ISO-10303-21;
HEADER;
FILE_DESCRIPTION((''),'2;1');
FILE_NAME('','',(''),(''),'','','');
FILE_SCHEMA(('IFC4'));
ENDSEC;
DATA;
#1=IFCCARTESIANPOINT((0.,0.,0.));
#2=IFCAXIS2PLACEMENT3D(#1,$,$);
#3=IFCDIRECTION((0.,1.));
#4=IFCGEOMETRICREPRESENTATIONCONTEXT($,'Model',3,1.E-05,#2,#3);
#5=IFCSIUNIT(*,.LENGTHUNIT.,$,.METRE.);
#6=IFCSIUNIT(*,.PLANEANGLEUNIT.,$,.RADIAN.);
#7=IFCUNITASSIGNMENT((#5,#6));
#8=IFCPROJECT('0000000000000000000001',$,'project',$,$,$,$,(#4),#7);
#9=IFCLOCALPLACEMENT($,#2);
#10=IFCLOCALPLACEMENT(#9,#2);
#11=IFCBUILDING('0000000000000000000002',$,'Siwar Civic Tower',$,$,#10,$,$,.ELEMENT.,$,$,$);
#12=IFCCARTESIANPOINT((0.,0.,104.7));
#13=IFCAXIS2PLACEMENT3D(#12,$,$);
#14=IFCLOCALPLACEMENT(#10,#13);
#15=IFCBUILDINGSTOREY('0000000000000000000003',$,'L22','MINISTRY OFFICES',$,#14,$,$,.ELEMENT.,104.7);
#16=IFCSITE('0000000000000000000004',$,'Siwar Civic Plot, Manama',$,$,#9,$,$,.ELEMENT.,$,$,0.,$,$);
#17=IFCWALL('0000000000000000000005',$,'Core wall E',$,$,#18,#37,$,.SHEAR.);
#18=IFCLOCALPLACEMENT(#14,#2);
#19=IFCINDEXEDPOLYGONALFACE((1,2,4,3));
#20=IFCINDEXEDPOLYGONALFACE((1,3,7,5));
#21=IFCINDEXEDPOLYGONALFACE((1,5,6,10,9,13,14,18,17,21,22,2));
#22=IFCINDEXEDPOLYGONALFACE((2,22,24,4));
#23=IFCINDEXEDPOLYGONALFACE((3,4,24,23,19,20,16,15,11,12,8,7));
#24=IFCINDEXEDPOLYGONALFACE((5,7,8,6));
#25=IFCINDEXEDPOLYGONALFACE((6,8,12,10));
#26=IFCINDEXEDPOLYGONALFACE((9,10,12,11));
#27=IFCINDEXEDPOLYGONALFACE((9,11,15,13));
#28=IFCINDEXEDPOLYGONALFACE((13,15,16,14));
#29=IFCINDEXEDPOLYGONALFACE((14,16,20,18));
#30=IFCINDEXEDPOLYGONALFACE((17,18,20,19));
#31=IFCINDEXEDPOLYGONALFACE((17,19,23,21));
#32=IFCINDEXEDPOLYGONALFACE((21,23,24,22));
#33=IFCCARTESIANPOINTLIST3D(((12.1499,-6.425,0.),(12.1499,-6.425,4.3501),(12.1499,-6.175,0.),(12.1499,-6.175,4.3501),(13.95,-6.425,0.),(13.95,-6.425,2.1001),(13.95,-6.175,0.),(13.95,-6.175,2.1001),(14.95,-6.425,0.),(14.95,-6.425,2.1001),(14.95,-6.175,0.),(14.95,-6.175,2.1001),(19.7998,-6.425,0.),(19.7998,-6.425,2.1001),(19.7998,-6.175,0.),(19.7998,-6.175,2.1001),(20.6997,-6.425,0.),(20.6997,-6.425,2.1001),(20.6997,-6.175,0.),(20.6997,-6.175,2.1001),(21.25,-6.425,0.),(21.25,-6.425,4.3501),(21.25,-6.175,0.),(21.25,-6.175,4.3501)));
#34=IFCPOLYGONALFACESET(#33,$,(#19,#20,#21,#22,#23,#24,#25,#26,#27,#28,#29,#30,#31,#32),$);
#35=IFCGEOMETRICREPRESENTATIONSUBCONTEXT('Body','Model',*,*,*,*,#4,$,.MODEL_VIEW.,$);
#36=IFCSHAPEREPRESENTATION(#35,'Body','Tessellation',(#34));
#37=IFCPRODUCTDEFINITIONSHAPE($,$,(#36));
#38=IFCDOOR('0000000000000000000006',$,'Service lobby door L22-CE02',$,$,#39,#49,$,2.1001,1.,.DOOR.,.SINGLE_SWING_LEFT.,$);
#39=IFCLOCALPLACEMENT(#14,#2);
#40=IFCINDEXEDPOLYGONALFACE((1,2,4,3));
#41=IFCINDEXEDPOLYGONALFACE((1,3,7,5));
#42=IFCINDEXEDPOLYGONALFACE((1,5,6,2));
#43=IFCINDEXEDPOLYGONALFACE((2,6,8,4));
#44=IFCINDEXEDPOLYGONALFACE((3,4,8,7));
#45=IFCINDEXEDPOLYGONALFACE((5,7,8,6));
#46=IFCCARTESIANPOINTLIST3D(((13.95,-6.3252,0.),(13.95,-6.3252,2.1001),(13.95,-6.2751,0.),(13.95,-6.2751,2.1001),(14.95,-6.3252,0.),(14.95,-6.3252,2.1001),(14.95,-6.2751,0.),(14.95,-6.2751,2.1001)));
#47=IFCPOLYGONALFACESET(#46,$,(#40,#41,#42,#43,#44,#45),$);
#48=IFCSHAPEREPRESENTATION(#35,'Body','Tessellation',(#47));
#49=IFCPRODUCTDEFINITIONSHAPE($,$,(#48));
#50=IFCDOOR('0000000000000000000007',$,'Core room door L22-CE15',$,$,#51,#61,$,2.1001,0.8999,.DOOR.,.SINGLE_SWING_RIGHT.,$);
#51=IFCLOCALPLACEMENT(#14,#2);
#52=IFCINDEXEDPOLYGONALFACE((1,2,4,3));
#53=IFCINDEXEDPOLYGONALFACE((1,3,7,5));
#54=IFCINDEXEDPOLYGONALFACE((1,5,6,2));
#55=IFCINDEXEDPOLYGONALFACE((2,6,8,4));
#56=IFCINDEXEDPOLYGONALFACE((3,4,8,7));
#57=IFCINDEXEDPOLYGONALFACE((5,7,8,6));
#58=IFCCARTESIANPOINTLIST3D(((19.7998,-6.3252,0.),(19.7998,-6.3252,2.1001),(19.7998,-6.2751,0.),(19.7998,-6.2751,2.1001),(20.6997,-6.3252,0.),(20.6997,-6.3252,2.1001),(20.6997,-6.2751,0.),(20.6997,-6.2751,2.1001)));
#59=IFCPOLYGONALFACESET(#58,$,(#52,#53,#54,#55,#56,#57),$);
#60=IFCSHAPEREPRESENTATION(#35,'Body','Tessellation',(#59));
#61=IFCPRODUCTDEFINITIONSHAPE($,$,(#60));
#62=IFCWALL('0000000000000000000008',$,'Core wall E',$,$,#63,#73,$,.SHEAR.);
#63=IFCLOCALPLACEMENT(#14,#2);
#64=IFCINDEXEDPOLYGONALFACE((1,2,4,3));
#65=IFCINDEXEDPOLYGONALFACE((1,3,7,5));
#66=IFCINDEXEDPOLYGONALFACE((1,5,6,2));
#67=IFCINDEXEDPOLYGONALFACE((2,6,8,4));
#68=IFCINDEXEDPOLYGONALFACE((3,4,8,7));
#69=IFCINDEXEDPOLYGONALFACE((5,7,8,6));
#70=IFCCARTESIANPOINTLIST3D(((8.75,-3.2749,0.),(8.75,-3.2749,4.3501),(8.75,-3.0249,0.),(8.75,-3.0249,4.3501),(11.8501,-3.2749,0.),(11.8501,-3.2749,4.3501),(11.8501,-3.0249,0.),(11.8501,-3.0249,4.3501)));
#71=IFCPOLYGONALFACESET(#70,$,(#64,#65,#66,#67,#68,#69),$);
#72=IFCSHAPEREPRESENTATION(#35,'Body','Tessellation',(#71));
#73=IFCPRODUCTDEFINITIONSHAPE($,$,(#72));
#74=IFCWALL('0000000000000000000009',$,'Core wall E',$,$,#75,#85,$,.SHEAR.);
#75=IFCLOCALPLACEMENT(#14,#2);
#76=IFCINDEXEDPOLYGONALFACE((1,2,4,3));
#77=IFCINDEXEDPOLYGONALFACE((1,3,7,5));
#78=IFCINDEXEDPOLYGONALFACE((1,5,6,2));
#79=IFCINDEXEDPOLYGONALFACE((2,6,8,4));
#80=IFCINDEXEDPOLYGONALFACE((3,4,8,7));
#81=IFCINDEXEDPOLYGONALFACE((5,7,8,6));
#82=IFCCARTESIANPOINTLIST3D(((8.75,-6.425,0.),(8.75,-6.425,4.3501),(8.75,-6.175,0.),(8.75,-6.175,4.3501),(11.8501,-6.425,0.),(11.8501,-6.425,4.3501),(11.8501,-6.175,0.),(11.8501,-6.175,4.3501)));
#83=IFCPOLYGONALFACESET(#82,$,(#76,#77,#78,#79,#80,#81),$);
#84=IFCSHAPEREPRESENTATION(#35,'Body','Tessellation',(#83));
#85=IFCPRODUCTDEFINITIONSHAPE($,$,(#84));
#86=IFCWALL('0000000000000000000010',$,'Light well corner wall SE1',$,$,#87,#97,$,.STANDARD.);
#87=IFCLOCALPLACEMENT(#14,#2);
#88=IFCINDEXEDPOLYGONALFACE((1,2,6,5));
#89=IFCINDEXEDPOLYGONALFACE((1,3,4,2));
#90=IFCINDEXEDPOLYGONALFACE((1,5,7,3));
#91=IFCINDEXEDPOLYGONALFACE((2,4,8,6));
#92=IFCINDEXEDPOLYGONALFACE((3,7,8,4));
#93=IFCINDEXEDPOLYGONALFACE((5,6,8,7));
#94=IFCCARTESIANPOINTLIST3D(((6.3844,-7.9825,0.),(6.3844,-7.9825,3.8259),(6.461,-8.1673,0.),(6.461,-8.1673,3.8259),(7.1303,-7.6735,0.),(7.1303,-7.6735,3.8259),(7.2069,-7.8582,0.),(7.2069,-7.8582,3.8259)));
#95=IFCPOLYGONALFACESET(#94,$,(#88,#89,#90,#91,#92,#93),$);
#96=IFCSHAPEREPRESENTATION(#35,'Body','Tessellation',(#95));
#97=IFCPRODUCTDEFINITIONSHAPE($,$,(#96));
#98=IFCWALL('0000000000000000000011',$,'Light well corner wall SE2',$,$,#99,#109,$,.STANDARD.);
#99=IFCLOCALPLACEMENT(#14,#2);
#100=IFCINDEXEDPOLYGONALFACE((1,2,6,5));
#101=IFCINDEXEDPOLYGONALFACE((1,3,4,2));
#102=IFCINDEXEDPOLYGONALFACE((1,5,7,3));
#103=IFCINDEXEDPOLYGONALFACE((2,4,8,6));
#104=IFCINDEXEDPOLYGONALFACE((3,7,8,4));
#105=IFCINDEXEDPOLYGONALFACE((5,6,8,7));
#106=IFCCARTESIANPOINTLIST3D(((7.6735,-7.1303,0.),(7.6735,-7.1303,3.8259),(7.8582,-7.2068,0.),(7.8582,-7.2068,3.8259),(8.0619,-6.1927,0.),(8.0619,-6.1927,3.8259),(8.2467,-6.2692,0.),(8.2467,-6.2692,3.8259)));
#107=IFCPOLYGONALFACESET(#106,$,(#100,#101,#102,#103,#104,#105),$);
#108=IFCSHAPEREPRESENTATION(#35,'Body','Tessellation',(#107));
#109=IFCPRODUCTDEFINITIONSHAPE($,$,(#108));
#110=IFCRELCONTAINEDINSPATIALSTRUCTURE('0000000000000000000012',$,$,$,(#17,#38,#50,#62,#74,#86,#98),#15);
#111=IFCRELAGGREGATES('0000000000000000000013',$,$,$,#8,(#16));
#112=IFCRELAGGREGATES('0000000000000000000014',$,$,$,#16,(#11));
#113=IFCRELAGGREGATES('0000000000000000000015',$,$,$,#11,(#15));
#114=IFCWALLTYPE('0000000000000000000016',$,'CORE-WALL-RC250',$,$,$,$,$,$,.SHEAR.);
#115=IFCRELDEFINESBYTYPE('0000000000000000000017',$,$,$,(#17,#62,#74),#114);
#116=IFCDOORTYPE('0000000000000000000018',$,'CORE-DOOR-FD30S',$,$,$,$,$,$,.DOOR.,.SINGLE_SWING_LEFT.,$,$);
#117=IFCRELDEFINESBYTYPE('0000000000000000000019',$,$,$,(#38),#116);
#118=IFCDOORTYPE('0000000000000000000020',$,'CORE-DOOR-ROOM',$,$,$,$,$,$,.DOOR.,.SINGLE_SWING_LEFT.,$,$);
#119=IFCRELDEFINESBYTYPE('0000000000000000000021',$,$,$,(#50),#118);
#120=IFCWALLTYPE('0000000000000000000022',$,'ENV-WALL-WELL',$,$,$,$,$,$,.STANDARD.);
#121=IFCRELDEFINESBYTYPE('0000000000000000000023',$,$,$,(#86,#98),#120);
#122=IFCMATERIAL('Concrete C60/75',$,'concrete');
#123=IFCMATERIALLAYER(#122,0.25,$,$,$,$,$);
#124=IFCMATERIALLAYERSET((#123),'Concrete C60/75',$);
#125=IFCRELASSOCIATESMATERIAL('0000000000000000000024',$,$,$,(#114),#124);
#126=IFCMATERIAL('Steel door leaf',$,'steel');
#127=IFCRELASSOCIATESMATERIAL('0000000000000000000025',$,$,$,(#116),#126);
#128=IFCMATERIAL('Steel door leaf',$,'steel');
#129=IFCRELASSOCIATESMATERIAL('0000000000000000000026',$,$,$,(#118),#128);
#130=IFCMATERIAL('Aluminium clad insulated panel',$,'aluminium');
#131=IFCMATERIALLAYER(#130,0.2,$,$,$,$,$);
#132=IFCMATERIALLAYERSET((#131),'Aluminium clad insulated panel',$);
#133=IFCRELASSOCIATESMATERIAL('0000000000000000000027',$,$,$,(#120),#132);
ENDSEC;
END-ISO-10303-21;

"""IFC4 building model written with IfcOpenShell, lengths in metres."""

from ifc_helpers import new_model, si_unit, direction, frame, frame_2d, origin, place, context, subcontext, project, spatial, rectangle, extrude, material, layer, layer_set, type_object, element, fill, save


model = new_model("IFC4")

# Units and contexts
model_context = context("Model", 3, precision=1e-05, world=origin(), true_north=direction((0.0, 1.0)))
body_context = subcontext(model_context, "Body", "Model", "MODEL_VIEW")
ifc_project = project(units=[si_unit("LENGTHUNIT", "METRE"), si_unit("PLANEANGLEUNIT", "RADIAN")], contexts=[model_context])

# Site, building, storey
site_placement = place(None, origin())
site = spatial("IfcSite", under=ifc_project, at=site_placement, Name="Siwar Civic Plot, Manama", CompositionType="ELEMENT", RefElevation=0.0)
building_placement = place(site_placement, origin())
building = spatial("IfcBuilding", under=site, at=building_placement, Name="Siwar Civic Tower", CompositionType="ELEMENT")
storey_placement = place(building_placement, frame((0.0, 0.0, 104.7)))
storey = spatial("IfcBuildingStorey", under=building, at=storey_placement, Name="L22", Description="MINISTRY OFFICES", CompositionType="ELEMENT", Elevation=104.7)

# Wall, openings, doors
ifc_material_1 = material(Name="Concrete C60/75", Category="concrete")
ifc_layer_1 = layer(ifc_material_1, 0.25)
ifc_layer_set_1 = layer_set([ifc_layer_1], Name="Concrete C60/75")
wall_type_1 = type_object("IfcWallType", Name="CORE-WALL-RC250", PredefinedType="SHEAR", material=ifc_layer_set_1)
wall_1_placement = place(storey_placement, frame((12.1499, -6.3, 0.0), z_axis=(0.0, 0.0, 1.0), x_axis=(1.0, 0.0, 0.0)))
wall_1 = element("IfcWall", 1, at=wall_1_placement, inside=storey, type_object=wall_type_1, Name="Core wall E", PredefinedType="SHEAR", context=body_context, shape_type="SweptSolid", body=[
    extrude(rectangle(XDim=9.1001, YDim=0.25, at=frame_2d((4.55, 0.0))), origin(), (0.0, 0.0, 1.0), 4.3501),
])
opening_1_placement = place(wall_1_placement, frame((1.8, 0.0, 0.0)))
opening_1 = element("IfcOpeningElement", 2, at=opening_1_placement, cuts=wall_1, PredefinedType="OPENING", context=body_context, shape_type="SweptSolid", body=[
    extrude(rectangle(XDim=1.0, YDim=2.1001, at=frame_2d((0.5, 1.05))), frame((0.0, 0.135, 0.0), z_axis=(0.0, -1.0, 0.0), x_axis=(1.0, 0.0, 0.0)), (0.0, 0.0, 1.0), 0.27),
])
opening_2_placement = place(wall_1_placement, frame((7.6499, 0.0, 0.0)))
opening_2 = element("IfcOpeningElement", 3, at=opening_2_placement, cuts=wall_1, PredefinedType="OPENING", context=body_context, shape_type="SweptSolid", body=[
    extrude(rectangle(XDim=0.8999, YDim=2.1001, at=frame_2d((0.45, 1.05))), frame((0.0, 0.135, 0.0), z_axis=(0.0, -1.0, 0.0), x_axis=(1.0, 0.0, 0.0)), (0.0, 0.0, 1.0), 0.27),
])
ifc_material_2 = material(Name="Steel door leaf", Category="steel")
door_type_1 = type_object("IfcDoorType", Name="CORE-DOOR-FD30S", OperationType="SINGLE_SWING_LEFT", PredefinedType="DOOR", material=ifc_material_2)
door_1_placement = place(opening_1_placement, origin())
door_1 = element("IfcDoor", 4, at=door_1_placement, inside=storey, type_object=door_type_1, Name="Service lobby door L22-CE02", OperationType="SINGLE_SWING_LEFT", OverallHeight=2.1001, OverallWidth=1.0, PredefinedType="DOOR", context=body_context, shape_type="SweptSolid", body=[
    extrude(rectangle(XDim=1.0, YDim=2.1001, at=frame_2d((0.5, 1.05))), frame((0.0, 0.0249, 0.0), z_axis=(0.0, -1.0, 0.0), x_axis=(1.0, 0.0, 0.0)), (0.0, 0.0, 1.0), 0.05),
])
fill(opening_1, door_1)
ifc_material_3 = material(Name="Steel door leaf", Category="steel")
door_type_2 = type_object("IfcDoorType", Name="CORE-DOOR-ROOM", OperationType="SINGLE_SWING_LEFT", PredefinedType="DOOR", material=ifc_material_3)
door_2_placement = place(opening_2_placement, origin())
door_2 = element("IfcDoor", 5, at=door_2_placement, inside=storey, type_object=door_type_2, Name="Core room door L22-CE15", OperationType="SINGLE_SWING_RIGHT", OverallHeight=2.1001, OverallWidth=0.8999, PredefinedType="DOOR", context=body_context, shape_type="SweptSolid", body=[
    extrude(rectangle(XDim=0.8999, YDim=2.1001, at=frame_2d((0.45, 1.05))), frame((0.0, 0.0249, 0.0), z_axis=(0.0, -1.0, 0.0), x_axis=(1.0, 0.0, 0.0)), (0.0, 0.0, 1.0), 0.05),
])
fill(opening_2, door_2)

# Walls
for number, where, z_axis, x_axis, name in (
    (6, (8.75, -3.1499, 0.0), (0.0, 0.0, 1.0), (1.0, 0.0, 0.0), "Core wall E"),
    (7, (8.75, -6.3, 0.0), (0.0, 0.0, 1.0), (1.0, 0.0, 0.0), "Core wall E"),
):
    element("IfcWall", number, at=place(storey_placement, frame(where, z_axis=z_axis, x_axis=x_axis)), inside=storey, type_object=wall_type_1, Name=name, PredefinedType="SHEAR", context=body_context, shape_type="SweptSolid", body=[
        extrude(rectangle(XDim=3.1001, YDim=0.25, at=frame_2d((1.55, 0.0))), origin(), (0.0, 0.0, 1.0), 4.3501),
    ])
ifc_material_4 = material(Name="Aluminium clad insulated panel", Category="aluminium")
ifc_layer_2 = layer(ifc_material_4, 0.2)
ifc_layer_set_2 = layer_set([ifc_layer_2], Name="Aluminium clad insulated panel")
wall_type_2 = type_object("IfcWallType", Name="ENV-WALL-WELL", PredefinedType="STANDARD", material=ifc_layer_set_2)
wall_2_placement = place(storey_placement, frame((6.4226, -8.075, 0.0), z_axis=(0.0, 0.0, 1.0), x_axis=(0.923818, 0.382833, 0.0)))
element("IfcWall", 8, at=wall_2_placement, inside=storey, type_object=wall_type_2, Name="Light well corner wall SE1", PredefinedType="STANDARD", context=body_context, shape_type="SweptSolid", body=[
    extrude(rectangle(XDim=0.8074, YDim=0.2, at=frame_2d((0.4038, 0.0))), origin(), (0.0, 0.0, 1.0), 3.8259),
])
wall_3_placement = place(storey_placement, frame((7.7659, -7.1685, 0.0), z_axis=(0.0, 0.0, 1.0), x_axis=(0.38277, 0.923844, 0.0)))
element("IfcWall", 9, at=wall_3_placement, inside=storey, type_object=wall_type_2, Name="Light well corner wall SE2", PredefinedType="STANDARD", context=body_context, shape_type="SweptSolid", body=[
    extrude(rectangle(XDim=1.0149, YDim=0.2, at=frame_2d((0.5073, 0.0))), origin(), (0.0, 0.0, 1.0), 3.8259),
])

save(model, "model.ifc")
